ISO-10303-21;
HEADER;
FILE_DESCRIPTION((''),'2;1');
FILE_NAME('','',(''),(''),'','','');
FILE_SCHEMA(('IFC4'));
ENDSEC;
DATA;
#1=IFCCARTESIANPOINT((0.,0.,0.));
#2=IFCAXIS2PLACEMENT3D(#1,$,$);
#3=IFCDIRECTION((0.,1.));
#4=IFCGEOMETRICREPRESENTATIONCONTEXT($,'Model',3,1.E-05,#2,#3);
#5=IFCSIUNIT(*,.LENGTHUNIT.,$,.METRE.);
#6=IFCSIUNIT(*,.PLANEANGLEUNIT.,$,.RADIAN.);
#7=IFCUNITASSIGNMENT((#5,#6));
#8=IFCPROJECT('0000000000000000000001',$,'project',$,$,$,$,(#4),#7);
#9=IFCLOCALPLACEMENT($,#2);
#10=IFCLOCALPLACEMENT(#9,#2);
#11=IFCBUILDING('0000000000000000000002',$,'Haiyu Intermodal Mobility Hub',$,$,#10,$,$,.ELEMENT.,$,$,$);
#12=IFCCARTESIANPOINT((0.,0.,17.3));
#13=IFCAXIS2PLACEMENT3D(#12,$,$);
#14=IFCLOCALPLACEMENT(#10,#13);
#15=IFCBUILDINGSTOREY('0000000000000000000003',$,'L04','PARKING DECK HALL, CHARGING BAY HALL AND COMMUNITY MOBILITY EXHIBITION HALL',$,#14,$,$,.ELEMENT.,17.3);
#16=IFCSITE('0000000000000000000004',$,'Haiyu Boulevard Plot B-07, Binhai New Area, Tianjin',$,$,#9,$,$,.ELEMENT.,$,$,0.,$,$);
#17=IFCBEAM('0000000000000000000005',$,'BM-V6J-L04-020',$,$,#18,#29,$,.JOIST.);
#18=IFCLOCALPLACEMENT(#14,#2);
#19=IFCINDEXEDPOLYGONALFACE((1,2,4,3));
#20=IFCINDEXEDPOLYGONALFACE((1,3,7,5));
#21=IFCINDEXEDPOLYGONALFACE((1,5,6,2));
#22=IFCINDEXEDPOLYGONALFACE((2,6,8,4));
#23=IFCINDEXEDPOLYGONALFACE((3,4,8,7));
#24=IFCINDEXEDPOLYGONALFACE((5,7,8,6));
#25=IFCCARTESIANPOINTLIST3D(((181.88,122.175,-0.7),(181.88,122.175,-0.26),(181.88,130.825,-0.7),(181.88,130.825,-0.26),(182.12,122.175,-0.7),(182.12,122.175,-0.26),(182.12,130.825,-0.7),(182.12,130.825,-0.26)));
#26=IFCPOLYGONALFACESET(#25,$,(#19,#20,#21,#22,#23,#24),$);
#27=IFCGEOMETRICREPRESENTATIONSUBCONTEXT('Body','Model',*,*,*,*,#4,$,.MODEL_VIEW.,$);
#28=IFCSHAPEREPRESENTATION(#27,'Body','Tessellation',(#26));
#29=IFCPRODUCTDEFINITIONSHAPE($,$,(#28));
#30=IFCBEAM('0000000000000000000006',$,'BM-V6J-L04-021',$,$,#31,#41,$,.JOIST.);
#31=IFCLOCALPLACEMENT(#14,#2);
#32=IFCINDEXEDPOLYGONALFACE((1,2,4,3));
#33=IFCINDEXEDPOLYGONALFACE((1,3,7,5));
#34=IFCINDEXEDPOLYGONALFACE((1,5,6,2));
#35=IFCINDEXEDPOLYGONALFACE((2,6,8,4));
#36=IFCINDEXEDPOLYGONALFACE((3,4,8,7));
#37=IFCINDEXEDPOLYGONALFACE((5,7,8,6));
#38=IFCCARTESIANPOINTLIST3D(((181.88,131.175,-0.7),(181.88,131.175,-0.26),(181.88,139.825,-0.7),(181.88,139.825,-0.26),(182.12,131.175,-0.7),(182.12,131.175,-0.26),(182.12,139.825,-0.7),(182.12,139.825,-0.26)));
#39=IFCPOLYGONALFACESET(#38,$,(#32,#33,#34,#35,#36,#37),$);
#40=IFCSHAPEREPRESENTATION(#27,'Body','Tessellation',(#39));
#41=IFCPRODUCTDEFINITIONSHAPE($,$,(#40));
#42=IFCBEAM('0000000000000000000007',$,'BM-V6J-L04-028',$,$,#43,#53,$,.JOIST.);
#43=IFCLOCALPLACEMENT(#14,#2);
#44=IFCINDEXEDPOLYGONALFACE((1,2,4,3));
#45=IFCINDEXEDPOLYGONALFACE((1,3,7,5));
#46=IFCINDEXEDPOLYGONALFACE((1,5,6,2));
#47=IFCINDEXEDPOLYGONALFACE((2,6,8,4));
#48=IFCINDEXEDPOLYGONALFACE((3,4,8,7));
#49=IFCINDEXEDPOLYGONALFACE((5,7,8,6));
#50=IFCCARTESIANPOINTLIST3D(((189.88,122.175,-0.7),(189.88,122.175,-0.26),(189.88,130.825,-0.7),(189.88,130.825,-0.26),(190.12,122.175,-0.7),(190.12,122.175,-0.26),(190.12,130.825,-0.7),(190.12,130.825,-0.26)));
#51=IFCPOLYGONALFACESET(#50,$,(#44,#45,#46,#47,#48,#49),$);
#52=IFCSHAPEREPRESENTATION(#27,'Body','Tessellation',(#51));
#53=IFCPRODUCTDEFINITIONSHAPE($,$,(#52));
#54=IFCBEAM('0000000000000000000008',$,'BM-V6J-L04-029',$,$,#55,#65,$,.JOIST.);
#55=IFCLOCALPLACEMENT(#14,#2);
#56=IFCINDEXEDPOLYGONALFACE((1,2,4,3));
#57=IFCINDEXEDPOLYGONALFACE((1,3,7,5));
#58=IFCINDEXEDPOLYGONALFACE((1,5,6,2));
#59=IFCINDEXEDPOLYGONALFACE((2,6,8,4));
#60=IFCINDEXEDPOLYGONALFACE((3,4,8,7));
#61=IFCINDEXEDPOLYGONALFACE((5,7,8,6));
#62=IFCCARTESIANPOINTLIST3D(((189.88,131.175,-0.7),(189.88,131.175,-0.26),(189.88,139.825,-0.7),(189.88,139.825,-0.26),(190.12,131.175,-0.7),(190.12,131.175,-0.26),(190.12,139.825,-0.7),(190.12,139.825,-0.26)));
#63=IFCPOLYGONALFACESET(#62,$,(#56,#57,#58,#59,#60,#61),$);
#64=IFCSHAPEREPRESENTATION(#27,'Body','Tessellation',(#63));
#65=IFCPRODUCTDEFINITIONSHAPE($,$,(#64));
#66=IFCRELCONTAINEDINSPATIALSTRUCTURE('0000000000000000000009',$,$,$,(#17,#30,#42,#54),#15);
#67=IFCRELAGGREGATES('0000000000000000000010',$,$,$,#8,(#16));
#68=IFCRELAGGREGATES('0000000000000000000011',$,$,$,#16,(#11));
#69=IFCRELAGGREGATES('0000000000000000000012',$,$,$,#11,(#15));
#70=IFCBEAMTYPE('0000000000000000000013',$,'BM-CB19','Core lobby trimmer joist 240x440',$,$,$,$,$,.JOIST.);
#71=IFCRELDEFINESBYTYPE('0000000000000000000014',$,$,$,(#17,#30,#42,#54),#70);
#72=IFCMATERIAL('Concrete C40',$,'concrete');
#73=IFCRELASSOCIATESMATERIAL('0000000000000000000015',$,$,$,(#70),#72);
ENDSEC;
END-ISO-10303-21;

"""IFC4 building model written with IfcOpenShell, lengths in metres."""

from ifc_helpers import new_model, si_unit, direction, frame, origin, origin_2d, place, context, subcontext, project, spatial, rectangle, extrude, material, material_profile, profile_set, type_object, element, save


model = new_model("IFC4")

# Units and contexts
model_context = context("Model", 3, precision=1e-05, world=origin(), true_north=direction((0.0, 1.0)))
body_context = subcontext(model_context, "Body", "Model", "MODEL_VIEW")
ifc_project = project(units=[si_unit("LENGTHUNIT", "METRE"), si_unit("PLANEANGLEUNIT", "RADIAN")], contexts=[model_context])

# Site, building, storey
site_placement = place(None, origin())
site = spatial("IfcSite", under=ifc_project, at=site_placement, Name="Haiyu Boulevard Plot B-07, Binhai New Area, Tianjin", CompositionType="ELEMENT", RefElevation=0.0)
building_placement = place(site_placement, origin())
building = spatial("IfcBuilding", under=site, at=building_placement, Name="Haiyu Intermodal Mobility Hub", CompositionType="ELEMENT")
storey_placement = place(building_placement, frame((0.0, 0.0, 17.3)))
storey = spatial("IfcBuildingStorey", under=building, at=storey_placement, Name="L04", Description="PARKING DECK HALL, CHARGING BAY HALL AND COMMUNITY MOBILITY EXHIBITION HALL", CompositionType="ELEMENT", Elevation=17.3)

# Shared definitions
ifc_material = material(Name="Concrete C40", Category="concrete")

# Beams
ifc_material_profile_1 = material_profile(ifc_material, rectangle(XDim=0.24, YDim=0.4399, at=origin_2d()), Name="B240x440")
ifc_profile_set_1 = profile_set([ifc_material_profile_1], Name="Concrete C40")
beam_type_1 = type_object("IfcBeamType", Name="BM-CB19", Description="Core lobby trimmer joist 240x440", PredefinedType="JOIST", material=ifc_profile_set_1)
for number, where, z_axis, x_axis, name in (
    (1, (182.0, 122.175, -0.48), (0.0, 1.0, 0.0), (-1.0, 0.0, 0.0), "BM-V6J-L04-020"),
    (2, (182.0, 131.175, -0.48), (0.0, 1.0, 0.0), (-1.0, 0.0, 0.0), "BM-V6J-L04-021"),
    (3, (190.0, 122.175, -0.48), (0.0, 1.0, 0.0), (-1.0, 0.0, 0.0), "BM-V6J-L04-028"),
    (4, (190.0, 131.175, -0.48), (0.0, 1.0, 0.0), (-1.0, 0.0, 0.0), "BM-V6J-L04-029"),
):
    element("IfcBeam", number, at=place(storey_placement, frame(where, z_axis=z_axis, x_axis=x_axis)), inside=storey, type_object=beam_type_1, Name=name, PredefinedType="JOIST", context=body_context, shape_type="SweptSolid", body=[
        extrude(rectangle(XDim=0.24, YDim=0.4399, at=origin_2d()), origin(), (0.0, 0.0, 1.0), 8.6499),
    ])

save(model, "model.ifc")
